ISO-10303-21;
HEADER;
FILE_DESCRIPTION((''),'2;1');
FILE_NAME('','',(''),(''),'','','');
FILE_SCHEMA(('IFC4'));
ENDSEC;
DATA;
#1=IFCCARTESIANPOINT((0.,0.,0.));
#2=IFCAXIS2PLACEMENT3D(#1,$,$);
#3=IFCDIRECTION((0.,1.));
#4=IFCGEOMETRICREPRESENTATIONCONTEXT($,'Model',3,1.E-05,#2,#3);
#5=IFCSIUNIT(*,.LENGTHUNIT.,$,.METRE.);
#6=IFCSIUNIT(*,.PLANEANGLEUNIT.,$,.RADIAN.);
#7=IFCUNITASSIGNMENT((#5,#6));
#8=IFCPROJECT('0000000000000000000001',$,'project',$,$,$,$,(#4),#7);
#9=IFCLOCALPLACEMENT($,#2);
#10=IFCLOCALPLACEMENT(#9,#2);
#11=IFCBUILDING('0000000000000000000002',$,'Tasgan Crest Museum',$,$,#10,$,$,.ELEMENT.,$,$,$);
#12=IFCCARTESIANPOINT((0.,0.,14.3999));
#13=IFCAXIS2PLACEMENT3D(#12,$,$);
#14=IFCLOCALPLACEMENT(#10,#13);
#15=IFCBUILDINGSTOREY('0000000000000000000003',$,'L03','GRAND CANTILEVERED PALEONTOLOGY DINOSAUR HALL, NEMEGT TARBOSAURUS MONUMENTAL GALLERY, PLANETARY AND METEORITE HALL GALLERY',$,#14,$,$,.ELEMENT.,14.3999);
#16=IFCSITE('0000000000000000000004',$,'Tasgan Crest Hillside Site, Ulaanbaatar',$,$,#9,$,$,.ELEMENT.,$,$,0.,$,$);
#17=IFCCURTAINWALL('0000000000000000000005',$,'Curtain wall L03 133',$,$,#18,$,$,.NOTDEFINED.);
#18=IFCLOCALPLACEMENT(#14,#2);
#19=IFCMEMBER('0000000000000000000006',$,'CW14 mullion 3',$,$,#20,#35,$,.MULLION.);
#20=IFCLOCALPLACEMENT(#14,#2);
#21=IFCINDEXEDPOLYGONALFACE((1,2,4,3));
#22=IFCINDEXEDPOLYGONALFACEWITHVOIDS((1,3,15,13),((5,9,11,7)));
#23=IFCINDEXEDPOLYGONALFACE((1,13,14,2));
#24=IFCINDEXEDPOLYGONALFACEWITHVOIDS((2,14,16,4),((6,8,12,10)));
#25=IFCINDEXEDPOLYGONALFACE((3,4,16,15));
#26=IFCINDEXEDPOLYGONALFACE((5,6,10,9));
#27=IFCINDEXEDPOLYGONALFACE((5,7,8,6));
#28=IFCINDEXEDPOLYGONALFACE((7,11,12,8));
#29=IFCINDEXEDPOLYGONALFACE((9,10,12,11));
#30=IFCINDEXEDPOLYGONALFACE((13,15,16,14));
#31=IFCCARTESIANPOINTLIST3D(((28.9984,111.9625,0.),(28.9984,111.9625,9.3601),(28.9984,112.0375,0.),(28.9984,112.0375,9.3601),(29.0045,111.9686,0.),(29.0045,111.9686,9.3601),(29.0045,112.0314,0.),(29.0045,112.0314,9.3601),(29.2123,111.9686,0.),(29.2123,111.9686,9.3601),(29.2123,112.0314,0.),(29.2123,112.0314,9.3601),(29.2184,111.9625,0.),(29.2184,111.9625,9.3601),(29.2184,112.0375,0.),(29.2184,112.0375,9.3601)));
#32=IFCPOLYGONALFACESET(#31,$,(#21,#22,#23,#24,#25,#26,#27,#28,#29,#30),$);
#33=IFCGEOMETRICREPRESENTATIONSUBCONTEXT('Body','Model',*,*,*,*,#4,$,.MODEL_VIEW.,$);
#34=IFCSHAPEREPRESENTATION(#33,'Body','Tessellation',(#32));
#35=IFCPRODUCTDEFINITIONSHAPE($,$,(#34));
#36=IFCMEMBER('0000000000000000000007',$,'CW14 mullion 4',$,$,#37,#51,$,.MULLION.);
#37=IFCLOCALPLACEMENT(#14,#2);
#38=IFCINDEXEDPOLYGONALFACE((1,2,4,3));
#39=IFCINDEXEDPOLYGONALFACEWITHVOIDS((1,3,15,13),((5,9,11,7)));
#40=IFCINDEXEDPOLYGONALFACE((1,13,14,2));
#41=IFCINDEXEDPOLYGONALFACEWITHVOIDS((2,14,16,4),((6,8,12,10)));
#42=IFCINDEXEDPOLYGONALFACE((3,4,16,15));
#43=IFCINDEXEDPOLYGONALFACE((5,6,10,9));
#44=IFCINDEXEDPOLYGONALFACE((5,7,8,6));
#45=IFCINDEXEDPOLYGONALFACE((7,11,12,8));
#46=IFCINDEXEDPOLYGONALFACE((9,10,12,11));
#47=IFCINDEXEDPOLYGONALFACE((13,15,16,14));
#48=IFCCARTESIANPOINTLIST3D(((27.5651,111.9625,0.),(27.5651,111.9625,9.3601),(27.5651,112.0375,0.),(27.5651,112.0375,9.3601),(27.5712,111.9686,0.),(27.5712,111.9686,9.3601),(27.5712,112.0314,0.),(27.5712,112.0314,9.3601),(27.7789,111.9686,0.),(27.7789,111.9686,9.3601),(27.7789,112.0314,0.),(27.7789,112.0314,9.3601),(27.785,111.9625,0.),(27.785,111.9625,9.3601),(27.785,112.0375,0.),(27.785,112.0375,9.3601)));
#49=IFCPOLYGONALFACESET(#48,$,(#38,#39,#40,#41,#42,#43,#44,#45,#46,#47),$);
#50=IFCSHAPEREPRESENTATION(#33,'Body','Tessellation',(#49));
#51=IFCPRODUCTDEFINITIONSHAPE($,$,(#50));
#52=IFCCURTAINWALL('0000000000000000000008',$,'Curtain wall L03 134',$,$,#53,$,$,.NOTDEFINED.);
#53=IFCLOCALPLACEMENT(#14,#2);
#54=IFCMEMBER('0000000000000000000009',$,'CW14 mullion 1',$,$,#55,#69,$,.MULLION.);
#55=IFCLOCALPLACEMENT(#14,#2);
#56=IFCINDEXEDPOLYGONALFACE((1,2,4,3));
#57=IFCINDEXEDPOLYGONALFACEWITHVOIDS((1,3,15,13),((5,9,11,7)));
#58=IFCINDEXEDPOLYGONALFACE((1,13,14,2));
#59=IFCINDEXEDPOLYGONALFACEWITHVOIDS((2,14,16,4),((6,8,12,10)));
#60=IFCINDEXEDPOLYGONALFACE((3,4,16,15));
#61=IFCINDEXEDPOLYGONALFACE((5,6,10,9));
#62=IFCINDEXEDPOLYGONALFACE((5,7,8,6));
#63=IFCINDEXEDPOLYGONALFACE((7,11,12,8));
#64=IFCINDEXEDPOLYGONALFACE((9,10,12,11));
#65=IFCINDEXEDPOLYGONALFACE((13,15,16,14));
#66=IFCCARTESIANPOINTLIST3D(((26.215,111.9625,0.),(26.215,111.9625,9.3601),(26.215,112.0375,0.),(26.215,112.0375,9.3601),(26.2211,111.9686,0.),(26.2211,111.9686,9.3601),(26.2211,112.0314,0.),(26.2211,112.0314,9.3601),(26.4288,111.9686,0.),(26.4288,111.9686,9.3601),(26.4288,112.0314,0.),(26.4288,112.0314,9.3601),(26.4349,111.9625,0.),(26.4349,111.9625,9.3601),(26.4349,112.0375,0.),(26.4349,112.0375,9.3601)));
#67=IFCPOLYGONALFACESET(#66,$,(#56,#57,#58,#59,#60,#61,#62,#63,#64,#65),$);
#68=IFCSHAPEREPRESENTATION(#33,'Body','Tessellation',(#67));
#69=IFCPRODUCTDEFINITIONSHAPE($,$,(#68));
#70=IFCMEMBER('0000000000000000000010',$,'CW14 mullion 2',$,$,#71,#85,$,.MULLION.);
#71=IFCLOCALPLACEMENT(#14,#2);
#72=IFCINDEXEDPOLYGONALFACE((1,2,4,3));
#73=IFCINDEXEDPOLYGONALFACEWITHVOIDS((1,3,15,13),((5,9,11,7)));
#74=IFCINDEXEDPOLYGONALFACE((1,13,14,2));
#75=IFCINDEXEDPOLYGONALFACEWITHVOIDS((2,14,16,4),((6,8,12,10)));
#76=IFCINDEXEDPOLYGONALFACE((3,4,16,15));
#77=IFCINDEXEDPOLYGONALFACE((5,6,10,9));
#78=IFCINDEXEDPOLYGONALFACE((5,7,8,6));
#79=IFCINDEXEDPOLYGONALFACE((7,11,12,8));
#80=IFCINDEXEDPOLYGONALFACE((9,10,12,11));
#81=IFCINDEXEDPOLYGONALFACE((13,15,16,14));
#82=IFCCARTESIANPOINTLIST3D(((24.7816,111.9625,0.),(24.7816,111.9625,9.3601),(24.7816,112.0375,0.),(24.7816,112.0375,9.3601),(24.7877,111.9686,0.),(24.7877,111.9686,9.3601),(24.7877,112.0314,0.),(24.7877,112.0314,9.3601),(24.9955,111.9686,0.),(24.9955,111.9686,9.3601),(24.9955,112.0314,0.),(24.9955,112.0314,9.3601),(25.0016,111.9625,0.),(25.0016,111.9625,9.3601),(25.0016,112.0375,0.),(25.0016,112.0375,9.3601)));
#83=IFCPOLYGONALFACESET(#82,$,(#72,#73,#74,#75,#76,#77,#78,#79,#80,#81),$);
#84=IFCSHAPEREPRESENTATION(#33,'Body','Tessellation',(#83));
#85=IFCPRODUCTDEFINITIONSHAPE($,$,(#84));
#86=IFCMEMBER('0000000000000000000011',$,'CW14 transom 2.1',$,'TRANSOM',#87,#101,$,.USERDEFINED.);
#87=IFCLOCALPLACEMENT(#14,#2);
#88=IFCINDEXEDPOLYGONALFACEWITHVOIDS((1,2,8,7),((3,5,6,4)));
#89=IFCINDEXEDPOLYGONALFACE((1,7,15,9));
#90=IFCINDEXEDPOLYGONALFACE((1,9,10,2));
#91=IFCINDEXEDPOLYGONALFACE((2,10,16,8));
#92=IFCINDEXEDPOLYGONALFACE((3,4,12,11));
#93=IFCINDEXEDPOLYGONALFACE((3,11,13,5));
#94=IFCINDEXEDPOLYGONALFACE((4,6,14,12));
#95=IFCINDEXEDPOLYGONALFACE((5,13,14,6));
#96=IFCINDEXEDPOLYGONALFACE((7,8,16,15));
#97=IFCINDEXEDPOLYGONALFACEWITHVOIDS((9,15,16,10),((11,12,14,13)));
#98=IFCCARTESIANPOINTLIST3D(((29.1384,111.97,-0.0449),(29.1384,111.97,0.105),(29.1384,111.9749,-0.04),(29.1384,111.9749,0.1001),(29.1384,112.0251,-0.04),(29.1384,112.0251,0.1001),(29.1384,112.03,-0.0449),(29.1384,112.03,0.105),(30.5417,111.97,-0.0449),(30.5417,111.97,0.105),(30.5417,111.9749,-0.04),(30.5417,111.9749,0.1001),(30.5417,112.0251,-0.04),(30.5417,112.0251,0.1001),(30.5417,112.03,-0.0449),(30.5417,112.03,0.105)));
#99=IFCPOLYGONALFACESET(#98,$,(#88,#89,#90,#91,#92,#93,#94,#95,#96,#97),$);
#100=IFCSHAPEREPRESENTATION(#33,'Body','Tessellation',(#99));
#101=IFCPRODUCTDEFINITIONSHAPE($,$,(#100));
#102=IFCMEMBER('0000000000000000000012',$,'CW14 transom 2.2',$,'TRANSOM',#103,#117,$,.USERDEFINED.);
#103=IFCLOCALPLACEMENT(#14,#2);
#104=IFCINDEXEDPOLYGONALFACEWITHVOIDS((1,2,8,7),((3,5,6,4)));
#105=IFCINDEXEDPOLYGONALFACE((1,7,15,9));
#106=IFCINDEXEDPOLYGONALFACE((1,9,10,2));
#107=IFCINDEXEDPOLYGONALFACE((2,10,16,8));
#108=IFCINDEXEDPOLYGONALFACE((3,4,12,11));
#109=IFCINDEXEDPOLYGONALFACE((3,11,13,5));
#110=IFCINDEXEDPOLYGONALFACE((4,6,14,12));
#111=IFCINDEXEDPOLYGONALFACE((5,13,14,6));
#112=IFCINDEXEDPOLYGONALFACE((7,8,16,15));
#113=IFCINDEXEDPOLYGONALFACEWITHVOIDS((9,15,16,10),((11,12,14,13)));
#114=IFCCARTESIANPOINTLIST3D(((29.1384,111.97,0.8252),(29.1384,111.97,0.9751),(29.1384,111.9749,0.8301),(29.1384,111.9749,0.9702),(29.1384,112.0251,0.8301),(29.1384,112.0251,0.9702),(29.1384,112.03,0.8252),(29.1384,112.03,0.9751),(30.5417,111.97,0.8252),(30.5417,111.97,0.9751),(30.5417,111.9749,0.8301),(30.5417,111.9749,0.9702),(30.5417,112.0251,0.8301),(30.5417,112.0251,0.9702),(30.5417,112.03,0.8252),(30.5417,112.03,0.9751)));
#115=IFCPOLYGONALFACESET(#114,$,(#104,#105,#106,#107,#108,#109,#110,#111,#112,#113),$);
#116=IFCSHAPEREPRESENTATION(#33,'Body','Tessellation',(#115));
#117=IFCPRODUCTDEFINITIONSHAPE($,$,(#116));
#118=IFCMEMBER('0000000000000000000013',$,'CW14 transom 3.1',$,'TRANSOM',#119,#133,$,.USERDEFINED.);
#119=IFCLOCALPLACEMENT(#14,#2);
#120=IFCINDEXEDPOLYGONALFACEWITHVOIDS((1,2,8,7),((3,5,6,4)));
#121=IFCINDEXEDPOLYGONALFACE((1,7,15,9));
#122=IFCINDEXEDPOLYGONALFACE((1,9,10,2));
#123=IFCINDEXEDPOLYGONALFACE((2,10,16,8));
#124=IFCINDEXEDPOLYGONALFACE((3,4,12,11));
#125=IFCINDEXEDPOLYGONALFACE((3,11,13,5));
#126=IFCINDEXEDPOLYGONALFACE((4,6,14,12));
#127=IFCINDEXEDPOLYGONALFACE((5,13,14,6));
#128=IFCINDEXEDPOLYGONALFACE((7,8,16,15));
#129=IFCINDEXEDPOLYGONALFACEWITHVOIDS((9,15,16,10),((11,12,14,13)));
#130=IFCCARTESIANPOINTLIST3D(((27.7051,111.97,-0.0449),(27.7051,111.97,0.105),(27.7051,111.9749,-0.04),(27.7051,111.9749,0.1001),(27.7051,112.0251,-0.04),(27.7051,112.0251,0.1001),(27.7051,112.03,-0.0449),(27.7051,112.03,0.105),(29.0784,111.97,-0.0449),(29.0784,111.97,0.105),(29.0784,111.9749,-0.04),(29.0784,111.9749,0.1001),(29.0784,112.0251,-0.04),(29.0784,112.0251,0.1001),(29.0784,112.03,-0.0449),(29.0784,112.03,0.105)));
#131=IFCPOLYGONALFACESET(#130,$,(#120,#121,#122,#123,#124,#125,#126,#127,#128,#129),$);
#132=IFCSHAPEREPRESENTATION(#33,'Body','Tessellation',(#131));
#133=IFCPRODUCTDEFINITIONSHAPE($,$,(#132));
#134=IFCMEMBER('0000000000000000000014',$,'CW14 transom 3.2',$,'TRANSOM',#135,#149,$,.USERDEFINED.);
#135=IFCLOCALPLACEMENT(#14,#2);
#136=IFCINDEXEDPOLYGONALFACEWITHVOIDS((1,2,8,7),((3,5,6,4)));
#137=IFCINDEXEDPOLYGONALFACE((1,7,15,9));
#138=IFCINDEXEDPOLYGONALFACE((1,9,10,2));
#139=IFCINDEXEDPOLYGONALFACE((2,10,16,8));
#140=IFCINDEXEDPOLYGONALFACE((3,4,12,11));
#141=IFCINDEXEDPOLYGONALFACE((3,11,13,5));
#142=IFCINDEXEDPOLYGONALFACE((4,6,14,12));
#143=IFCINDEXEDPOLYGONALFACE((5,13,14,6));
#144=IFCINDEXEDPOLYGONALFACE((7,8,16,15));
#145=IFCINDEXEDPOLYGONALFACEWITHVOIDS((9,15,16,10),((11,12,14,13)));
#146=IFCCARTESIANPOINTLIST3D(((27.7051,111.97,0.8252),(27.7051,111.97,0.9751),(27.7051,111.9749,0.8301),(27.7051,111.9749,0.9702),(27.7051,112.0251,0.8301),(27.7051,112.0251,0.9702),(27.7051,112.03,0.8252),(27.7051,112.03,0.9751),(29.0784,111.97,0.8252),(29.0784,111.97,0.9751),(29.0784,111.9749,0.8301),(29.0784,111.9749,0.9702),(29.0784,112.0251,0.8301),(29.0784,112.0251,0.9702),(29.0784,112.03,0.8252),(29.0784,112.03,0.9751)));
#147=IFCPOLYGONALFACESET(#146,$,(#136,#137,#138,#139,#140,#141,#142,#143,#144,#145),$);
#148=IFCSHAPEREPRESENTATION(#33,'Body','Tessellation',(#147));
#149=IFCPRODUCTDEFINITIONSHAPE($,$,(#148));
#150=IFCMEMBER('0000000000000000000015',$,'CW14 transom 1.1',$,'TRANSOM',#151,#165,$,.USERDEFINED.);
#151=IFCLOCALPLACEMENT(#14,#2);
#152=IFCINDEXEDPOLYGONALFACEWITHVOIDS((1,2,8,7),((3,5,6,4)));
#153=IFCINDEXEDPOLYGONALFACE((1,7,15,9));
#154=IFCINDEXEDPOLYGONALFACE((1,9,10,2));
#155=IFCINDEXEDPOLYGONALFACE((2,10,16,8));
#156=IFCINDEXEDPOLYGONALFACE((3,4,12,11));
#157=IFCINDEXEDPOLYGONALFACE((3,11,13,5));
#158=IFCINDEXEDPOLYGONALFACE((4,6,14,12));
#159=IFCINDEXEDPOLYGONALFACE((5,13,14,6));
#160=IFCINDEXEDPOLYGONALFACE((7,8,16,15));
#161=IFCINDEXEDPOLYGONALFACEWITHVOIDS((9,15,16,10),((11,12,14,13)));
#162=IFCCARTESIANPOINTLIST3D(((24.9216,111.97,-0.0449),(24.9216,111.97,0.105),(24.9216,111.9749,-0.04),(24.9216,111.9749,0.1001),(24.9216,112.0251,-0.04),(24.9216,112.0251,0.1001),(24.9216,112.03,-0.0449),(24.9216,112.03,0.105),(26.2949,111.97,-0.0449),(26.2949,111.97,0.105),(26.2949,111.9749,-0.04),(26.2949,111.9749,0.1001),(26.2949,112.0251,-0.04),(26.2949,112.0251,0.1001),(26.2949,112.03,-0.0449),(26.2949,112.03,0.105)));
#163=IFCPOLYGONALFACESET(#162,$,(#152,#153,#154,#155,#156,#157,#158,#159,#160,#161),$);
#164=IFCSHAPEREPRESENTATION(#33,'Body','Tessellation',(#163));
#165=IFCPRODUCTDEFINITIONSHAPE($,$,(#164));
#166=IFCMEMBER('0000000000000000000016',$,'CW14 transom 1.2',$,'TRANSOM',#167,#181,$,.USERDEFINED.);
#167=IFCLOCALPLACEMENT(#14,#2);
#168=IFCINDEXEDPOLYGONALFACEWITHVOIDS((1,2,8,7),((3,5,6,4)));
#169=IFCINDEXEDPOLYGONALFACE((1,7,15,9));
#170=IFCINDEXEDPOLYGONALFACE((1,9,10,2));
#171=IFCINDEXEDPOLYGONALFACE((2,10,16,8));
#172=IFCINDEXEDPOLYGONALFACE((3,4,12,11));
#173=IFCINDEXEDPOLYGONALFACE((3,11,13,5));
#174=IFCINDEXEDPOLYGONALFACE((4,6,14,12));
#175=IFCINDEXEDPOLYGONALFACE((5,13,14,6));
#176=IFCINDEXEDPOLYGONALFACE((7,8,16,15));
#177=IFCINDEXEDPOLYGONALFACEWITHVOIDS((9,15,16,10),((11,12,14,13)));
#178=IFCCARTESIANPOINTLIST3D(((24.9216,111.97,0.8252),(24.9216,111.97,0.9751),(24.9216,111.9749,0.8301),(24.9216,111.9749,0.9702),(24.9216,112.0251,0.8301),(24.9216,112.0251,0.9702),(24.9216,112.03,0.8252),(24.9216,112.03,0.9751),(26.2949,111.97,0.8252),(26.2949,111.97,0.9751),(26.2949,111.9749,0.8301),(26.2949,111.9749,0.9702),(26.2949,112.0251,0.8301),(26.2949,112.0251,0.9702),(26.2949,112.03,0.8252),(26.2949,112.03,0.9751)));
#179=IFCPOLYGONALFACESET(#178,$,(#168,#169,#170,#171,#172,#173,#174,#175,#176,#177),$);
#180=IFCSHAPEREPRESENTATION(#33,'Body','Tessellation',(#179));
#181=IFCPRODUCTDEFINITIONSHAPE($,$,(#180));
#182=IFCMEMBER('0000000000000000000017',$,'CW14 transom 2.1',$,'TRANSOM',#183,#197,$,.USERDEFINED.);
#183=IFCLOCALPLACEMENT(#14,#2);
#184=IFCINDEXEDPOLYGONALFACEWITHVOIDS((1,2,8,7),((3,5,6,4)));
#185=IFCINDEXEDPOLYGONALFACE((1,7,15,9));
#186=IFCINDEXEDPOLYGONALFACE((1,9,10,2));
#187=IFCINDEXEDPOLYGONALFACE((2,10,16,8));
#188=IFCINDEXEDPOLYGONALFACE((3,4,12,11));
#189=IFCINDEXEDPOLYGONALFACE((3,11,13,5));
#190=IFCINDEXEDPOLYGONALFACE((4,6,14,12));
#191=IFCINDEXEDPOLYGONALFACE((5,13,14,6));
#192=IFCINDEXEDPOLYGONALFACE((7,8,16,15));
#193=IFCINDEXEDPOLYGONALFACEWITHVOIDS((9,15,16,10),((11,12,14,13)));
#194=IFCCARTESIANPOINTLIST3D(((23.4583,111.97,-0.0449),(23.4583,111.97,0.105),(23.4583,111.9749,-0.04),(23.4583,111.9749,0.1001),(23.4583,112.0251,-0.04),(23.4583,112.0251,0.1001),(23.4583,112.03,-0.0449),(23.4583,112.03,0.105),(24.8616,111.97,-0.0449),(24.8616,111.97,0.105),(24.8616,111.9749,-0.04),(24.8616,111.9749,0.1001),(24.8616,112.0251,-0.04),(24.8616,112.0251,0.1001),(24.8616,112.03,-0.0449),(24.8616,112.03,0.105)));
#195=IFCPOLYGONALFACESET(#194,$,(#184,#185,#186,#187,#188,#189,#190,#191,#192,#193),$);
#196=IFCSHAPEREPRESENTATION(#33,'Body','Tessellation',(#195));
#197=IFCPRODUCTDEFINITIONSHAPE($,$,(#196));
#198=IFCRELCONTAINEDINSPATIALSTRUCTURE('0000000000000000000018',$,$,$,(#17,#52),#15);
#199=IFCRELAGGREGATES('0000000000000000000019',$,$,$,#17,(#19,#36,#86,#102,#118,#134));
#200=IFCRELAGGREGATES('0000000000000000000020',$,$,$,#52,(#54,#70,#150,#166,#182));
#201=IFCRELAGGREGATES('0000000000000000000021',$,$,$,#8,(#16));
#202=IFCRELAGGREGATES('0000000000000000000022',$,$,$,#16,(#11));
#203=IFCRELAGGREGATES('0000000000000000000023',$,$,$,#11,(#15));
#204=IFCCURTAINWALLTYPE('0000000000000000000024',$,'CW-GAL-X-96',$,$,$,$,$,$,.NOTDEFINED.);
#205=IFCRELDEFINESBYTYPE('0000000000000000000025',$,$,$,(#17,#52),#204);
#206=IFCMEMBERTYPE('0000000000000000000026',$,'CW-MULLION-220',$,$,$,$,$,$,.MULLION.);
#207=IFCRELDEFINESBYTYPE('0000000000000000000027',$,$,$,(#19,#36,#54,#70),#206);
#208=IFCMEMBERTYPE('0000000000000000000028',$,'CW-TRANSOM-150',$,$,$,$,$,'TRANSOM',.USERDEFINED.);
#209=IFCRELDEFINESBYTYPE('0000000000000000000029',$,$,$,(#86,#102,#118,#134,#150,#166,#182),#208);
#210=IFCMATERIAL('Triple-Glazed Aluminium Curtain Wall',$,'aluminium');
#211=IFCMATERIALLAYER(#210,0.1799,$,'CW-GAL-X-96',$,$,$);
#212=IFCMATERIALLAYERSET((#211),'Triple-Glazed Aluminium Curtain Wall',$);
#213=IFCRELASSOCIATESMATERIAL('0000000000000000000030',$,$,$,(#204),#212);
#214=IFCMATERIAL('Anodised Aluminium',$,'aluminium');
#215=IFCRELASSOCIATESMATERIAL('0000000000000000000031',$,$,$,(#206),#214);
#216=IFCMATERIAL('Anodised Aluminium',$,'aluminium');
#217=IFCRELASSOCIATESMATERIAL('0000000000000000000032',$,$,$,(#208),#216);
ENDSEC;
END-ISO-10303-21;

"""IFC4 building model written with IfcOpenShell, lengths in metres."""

from ifc_helpers import new_model, si_unit, direction, frame, origin, origin_2d, place, context, subcontext, project, spatial, hollow_rectangle, extrude, material, layer, layer_set, material_profile, profile_set, type_object, element, aggregate, save


model = new_model("IFC4")

# Units and contexts
model_context = context("Model", 3, precision=1e-05, world=origin(), true_north=direction((0.0, 1.0)))
body_context = subcontext(model_context, "Body", "Model", "MODEL_VIEW")
ifc_project = project(units=[si_unit("LENGTHUNIT", "METRE"), si_unit("PLANEANGLEUNIT", "RADIAN")], contexts=[model_context])

# Site, building, storey
site_placement = place(None, origin())
site = spatial("IfcSite", under=ifc_project, at=site_placement, Name="Tasgan Crest Hillside Site, Ulaanbaatar", CompositionType="ELEMENT", RefElevation=0.0)
building_placement = place(site_placement, origin())
building = spatial("IfcBuilding", under=site, at=building_placement, Name="Tasgan Crest Museum", CompositionType="ELEMENT")
storey_placement = place(building_placement, frame((0.0, 0.0, 14.3999)))
storey = spatial("IfcBuildingStorey", under=building, at=storey_placement, Name="L03", Description="GRAND CANTILEVERED PALEONTOLOGY DINOSAUR HALL, NEMEGT TARBOSAURUS MONUMENTAL GALLERY, PLANETARY AND METEORITE HALL GALLERY", CompositionType="ELEMENT", Elevation=14.3999)

# Curtain walls, members
ifc_material_1 = material(Name="Triple-Glazed Aluminium Curtain Wall", Category="aluminium")
ifc_layer_1 = layer(ifc_material_1, 0.1799, Name="CW-GAL-X-96")
ifc_layer_set_1 = layer_set([ifc_layer_1], Name="Triple-Glazed Aluminium Curtain Wall")
curtain_wall_type = type_object("IfcCurtainWallType", Name="CW-GAL-X-96", PredefinedType="NOTDEFINED", material=ifc_layer_set_1)
curtain_wall_1_placement = place(storey_placement, origin())
curtain_wall_1 = element("IfcCurtainWall", 1, at=curtain_wall_1_placement, inside=storey, type_object=curtain_wall_type, Name="Curtain wall L03 133", PredefinedType="NOTDEFINED")
ifc_material_2 = material(Name="Anodised Aluminium", Category="aluminium")
ifc_material_profile_1 = material_profile(ifc_material_2, hollow_rectangle(XDim=0.075, YDim=0.22, WallThickness=0.0061, at=origin_2d()), Name="ALU MULLION 220x75x6")
ifc_profile_set_1 = profile_set([ifc_material_profile_1], Name="Anodised Aluminium")
member_type_1 = type_object("IfcMemberType", Name="CW-MULLION-220", PredefinedType="MULLION", material=ifc_profile_set_1)
member_1_placement = place(storey_placement, frame((29.1084, 112.0, 0.0), z_axis=(0.0, 0.0, 1.0), x_axis=(0.0, -1.0, 0.0)))
member_1 = element("IfcMember", 2, at=member_1_placement, type_object=member_type_1, Name="CW14 mullion 3", PredefinedType="MULLION", context=body_context, shape_type="SweptSolid", body=[
    extrude(hollow_rectangle(XDim=0.075, YDim=0.22, WallThickness=0.0061, at=origin_2d()), origin(), (0.0, 0.0, 1.0), 9.3601),
])
member_2_placement = place(storey_placement, frame((27.675, 112.0, 0.0), z_axis=(0.0, 0.0, 1.0), x_axis=(0.0, -1.0, 0.0)))
member_2 = element("IfcMember", 3, at=member_2_placement, type_object=member_type_1, Name="CW14 mullion 4", PredefinedType="MULLION", context=body_context, shape_type="SweptSolid", body=[
    extrude(hollow_rectangle(XDim=0.075, YDim=0.22, WallThickness=0.0061, at=origin_2d()), origin(), (0.0, 0.0, 1.0), 9.3601),
])
curtain_wall_2_placement = place(storey_placement, origin())
curtain_wall_2 = element("IfcCurtainWall", 4, at=curtain_wall_2_placement, inside=storey, type_object=curtain_wall_type, Name="Curtain wall L03 134", PredefinedType="NOTDEFINED")
member_3_placement = place(storey_placement, frame((26.325, 112.0, 0.0), z_axis=(0.0, 0.0, 1.0), x_axis=(0.0, -1.0, 0.0)))
member_3 = element("IfcMember", 5, at=member_3_placement, type_object=member_type_1, Name="CW14 mullion 1", PredefinedType="MULLION", context=body_context, shape_type="SweptSolid", body=[
    extrude(hollow_rectangle(XDim=0.075, YDim=0.22, WallThickness=0.0061, at=origin_2d()), origin(), (0.0, 0.0, 1.0), 9.3601),
])
member_4_placement = place(storey_placement, frame((24.8916, 112.0, 0.0), z_axis=(0.0, 0.0, 1.0), x_axis=(0.0, -1.0, 0.0)))
member_4 = element("IfcMember", 6, at=member_4_placement, type_object=member_type_1, Name="CW14 mullion 2", PredefinedType="MULLION", context=body_context, shape_type="SweptSolid", body=[
    extrude(hollow_rectangle(XDim=0.075, YDim=0.22, WallThickness=0.0061, at=origin_2d()), origin(), (0.0, 0.0, 1.0), 9.3601),
])

# Members
ifc_material_3 = material(Name="Anodised Aluminium", Category="aluminium")
ifc_material_profile_2 = material_profile(ifc_material_3, hollow_rectangle(XDim=0.0601, YDim=0.1499, WallThickness=0.0049, at=origin_2d()), Name="ALU TRANSOM 150x60x5")
ifc_profile_set_2 = profile_set([ifc_material_profile_2], Name="Anodised Aluminium")
member_type_2 = type_object("IfcMemberType", Name="CW-TRANSOM-150", ElementType="TRANSOM", PredefinedType="USERDEFINED", material=ifc_profile_set_2)
member_5_placement = place(storey_placement, frame((30.5417, 112.0, 0.03), z_axis=(-1.0, 0.0, 0.0), x_axis=(0.0, -1.0, 0.0)))
member_5 = element("IfcMember", 7, at=member_5_placement, type_object=member_type_2, Name="CW14 transom 2.1", ObjectType="TRANSOM", PredefinedType="USERDEFINED", context=body_context, shape_type="SweptSolid", body=[
    extrude(hollow_rectangle(XDim=0.0601, YDim=0.1499, WallThickness=0.0049, at=origin_2d()), origin(), (0.0, 0.0, 1.0), 1.4033),
])
member_6_placement = place(storey_placement, frame((30.5417, 112.0, 0.9001), z_axis=(-1.0, 0.0, 0.0), x_axis=(0.0, -1.0, 0.0)))
member_6 = element("IfcMember", 8, at=member_6_placement, type_object=member_type_2, Name="CW14 transom 2.2", ObjectType="TRANSOM", PredefinedType="USERDEFINED", context=body_context, shape_type="SweptSolid", body=[
    extrude(hollow_rectangle(XDim=0.0601, YDim=0.1499, WallThickness=0.0049, at=origin_2d()), origin(), (0.0, 0.0, 1.0), 1.4033),
])
member_7_placement = place(storey_placement, frame((29.0784, 112.0, 0.03), z_axis=(-1.0, 0.0, 0.0), x_axis=(0.0, -1.0, 0.0)))
member_7 = element("IfcMember", 9, at=member_7_placement, type_object=member_type_2, Name="CW14 transom 3.1", ObjectType="TRANSOM", PredefinedType="USERDEFINED", context=body_context, shape_type="SweptSolid", body=[
    extrude(hollow_rectangle(XDim=0.0601, YDim=0.1499, WallThickness=0.0049, at=origin_2d()), origin(), (0.0, 0.0, 1.0), 1.3733),
])
member_8_placement = place(storey_placement, frame((29.0784, 112.0, 0.9001), z_axis=(-1.0, 0.0, 0.0), x_axis=(0.0, -1.0, 0.0)))
member_8 = element("IfcMember", 10, at=member_8_placement, type_object=member_type_2, Name="CW14 transom 3.2", ObjectType="TRANSOM", PredefinedType="USERDEFINED", context=body_context, shape_type="SweptSolid", body=[
    extrude(hollow_rectangle(XDim=0.0601, YDim=0.1499, WallThickness=0.0049, at=origin_2d()), origin(), (0.0, 0.0, 1.0), 1.3733),
])
member_9_placement = place(storey_placement, frame((26.2949, 112.0, 0.03), z_axis=(-1.0, 0.0, 0.0), x_axis=(0.0, -1.0, 0.0)))
member_9 = element("IfcMember", 11, at=member_9_placement, type_object=member_type_2, Name="CW14 transom 1.1", ObjectType="TRANSOM", PredefinedType="USERDEFINED", context=body_context, shape_type="SweptSolid", body=[
    extrude(hollow_rectangle(XDim=0.0601, YDim=0.1499, WallThickness=0.0049, at=origin_2d()), origin(), (0.0, 0.0, 1.0), 1.3733),
])
member_10_placement = place(storey_placement, frame((26.2949, 112.0, 0.9001), z_axis=(-1.0, 0.0, 0.0), x_axis=(0.0, -1.0, 0.0)))
member_10 = element("IfcMember", 12, at=member_10_placement, type_object=member_type_2, Name="CW14 transom 1.2", ObjectType="TRANSOM", PredefinedType="USERDEFINED", context=body_context, shape_type="SweptSolid", body=[
    extrude(hollow_rectangle(XDim=0.0601, YDim=0.1499, WallThickness=0.0049, at=origin_2d()), origin(), (0.0, 0.0, 1.0), 1.3733),
])
member_11_placement = place(storey_placement, frame((24.8616, 112.0, 0.03), z_axis=(-1.0, 0.0, 0.0), x_axis=(0.0, -1.0, 0.0)))
member_11 = element("IfcMember", 13, at=member_11_placement, type_object=member_type_2, Name="CW14 transom 2.1", ObjectType="TRANSOM", PredefinedType="USERDEFINED", context=body_context, shape_type="SweptSolid", body=[
    extrude(hollow_rectangle(XDim=0.0601, YDim=0.1499, WallThickness=0.0049, at=origin_2d()), origin(), (0.0, 0.0, 1.0), 1.4033),
])

aggregate(curtain_wall_1, [member_1, member_2, member_5, member_6, member_7, member_8])
aggregate(curtain_wall_2, [member_3, member_4, member_9, member_10, member_11])

save(model, "model.ifc")
